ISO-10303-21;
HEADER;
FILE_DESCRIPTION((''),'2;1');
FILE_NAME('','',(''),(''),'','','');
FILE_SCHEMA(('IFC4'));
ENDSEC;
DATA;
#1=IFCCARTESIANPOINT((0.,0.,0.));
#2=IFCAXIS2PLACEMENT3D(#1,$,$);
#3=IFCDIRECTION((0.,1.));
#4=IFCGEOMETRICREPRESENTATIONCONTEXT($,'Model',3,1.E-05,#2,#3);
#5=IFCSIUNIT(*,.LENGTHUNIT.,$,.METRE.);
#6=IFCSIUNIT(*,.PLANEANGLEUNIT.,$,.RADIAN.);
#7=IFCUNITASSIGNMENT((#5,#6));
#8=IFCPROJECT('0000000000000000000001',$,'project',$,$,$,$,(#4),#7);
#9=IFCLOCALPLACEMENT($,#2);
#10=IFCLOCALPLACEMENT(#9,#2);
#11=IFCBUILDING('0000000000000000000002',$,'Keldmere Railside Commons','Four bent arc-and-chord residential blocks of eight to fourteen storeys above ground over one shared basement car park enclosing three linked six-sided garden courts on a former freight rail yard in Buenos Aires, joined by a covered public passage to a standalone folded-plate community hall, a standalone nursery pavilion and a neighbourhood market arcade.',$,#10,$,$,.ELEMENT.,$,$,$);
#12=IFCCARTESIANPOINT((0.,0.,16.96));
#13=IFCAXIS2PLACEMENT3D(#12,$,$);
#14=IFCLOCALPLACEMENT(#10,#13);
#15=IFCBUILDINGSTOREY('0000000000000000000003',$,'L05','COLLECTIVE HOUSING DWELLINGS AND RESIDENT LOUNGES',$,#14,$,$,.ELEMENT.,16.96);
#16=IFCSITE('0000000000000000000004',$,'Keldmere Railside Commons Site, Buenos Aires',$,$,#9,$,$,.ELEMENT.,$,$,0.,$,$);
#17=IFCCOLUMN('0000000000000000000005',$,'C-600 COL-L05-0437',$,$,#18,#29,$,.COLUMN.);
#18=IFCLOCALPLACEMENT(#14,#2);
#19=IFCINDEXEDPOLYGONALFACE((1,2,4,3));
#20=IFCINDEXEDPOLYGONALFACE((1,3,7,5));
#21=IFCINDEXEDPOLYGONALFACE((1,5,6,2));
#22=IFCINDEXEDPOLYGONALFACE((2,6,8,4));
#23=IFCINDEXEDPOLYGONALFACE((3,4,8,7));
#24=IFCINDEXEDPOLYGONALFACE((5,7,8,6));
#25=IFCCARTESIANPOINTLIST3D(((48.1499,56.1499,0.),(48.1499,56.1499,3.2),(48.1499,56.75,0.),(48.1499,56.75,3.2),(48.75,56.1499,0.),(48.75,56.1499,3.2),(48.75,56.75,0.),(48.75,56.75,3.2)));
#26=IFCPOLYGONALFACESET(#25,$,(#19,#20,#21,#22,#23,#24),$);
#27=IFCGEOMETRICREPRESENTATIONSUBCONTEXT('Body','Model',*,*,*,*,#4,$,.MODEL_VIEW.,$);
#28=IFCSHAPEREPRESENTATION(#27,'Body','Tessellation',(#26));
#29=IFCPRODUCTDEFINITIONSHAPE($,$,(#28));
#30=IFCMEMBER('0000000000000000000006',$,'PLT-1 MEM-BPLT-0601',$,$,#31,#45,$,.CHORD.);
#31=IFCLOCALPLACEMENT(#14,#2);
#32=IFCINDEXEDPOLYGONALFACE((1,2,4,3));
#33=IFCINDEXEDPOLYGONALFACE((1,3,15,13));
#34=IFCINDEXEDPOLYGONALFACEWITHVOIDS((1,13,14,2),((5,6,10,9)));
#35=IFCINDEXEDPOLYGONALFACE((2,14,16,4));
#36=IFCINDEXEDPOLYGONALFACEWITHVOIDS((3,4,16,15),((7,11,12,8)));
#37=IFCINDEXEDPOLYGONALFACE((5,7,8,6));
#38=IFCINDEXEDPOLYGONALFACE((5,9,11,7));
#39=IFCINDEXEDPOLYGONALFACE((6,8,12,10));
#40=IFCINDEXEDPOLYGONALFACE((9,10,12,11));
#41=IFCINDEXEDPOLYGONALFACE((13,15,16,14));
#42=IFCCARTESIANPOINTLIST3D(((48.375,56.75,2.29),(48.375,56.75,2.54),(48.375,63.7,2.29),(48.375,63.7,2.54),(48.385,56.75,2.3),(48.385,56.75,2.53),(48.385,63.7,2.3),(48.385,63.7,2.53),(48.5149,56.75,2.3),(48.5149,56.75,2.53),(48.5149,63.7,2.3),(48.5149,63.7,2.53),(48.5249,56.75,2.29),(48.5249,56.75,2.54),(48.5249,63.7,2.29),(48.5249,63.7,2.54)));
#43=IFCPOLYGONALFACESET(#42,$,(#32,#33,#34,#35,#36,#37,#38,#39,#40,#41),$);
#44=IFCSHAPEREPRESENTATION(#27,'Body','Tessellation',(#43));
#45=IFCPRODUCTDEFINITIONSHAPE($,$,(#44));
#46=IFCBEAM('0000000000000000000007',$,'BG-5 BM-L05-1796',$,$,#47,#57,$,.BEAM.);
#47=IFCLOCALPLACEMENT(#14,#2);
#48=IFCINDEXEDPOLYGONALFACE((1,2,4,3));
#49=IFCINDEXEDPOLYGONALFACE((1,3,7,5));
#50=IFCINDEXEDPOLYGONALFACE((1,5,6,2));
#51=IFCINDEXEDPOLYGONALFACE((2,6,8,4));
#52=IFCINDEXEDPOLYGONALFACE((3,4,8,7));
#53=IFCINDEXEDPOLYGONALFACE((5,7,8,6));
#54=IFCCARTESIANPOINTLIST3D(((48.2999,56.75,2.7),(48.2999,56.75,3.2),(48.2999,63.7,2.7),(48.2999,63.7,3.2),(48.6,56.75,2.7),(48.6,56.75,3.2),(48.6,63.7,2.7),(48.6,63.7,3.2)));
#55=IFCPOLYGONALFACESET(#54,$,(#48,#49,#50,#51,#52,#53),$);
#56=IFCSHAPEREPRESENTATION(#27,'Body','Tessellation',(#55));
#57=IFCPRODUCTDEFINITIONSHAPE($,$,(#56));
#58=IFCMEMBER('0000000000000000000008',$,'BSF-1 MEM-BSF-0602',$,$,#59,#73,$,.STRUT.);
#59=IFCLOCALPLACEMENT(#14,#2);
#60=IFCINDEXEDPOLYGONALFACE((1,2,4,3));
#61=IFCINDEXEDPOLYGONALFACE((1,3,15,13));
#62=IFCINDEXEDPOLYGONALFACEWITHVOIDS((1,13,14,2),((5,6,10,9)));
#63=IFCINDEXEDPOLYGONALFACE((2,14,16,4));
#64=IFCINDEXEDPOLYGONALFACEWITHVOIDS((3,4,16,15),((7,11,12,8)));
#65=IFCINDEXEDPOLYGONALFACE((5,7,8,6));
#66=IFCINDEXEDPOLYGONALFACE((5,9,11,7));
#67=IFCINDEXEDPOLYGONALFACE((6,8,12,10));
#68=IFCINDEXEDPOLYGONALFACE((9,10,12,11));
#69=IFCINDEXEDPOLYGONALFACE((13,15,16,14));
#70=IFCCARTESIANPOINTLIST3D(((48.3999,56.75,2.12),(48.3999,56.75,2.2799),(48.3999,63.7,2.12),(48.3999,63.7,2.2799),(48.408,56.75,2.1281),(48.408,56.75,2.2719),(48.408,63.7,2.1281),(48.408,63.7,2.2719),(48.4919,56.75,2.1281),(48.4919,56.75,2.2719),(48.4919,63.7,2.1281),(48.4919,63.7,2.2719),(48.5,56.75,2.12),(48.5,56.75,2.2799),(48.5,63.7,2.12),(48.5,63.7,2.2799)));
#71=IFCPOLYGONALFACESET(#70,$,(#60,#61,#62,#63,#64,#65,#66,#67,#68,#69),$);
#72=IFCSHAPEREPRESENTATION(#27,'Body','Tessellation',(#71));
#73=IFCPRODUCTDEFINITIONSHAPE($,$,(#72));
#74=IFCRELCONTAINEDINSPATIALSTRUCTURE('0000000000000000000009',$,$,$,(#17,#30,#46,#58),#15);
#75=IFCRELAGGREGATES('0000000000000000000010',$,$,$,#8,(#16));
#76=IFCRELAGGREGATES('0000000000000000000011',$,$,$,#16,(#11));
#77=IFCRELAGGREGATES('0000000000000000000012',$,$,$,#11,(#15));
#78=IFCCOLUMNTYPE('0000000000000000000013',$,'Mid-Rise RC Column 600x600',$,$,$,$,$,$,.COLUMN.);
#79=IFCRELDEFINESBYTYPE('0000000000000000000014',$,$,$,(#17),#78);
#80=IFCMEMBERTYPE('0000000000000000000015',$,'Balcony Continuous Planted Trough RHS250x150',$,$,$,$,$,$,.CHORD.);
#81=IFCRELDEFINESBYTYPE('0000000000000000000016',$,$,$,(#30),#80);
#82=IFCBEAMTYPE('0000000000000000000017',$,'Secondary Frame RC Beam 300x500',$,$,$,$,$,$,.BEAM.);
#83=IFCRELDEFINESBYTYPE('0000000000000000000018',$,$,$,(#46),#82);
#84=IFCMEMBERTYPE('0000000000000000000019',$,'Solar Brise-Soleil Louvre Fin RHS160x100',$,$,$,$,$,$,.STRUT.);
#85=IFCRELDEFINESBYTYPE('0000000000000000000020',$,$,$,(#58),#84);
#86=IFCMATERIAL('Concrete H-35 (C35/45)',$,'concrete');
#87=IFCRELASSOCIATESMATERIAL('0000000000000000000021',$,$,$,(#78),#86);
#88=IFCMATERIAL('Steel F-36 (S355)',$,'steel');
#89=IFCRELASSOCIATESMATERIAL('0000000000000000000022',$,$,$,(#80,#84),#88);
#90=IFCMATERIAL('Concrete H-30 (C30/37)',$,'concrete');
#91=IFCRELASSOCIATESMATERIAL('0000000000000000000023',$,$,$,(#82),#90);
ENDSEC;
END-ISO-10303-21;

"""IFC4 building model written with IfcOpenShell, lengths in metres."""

from ifc_helpers import new_model, si_unit, direction, frame, origin, origin_2d, place, context, subcontext, project, spatial, rectangle, hollow_rectangle, extrude, material, material_profile, profile_set, type_object, element, save


model = new_model("IFC4")

# Units and contexts
model_context = context("Model", 3, precision=1e-05, world=origin(), true_north=direction((0.0, 1.0)))
body_context = subcontext(model_context, "Body", "Model", "MODEL_VIEW")
ifc_project = project(units=[si_unit("LENGTHUNIT", "METRE"), si_unit("PLANEANGLEUNIT", "RADIAN")], contexts=[model_context])

# Site, building, storey
site_placement = place(None, origin())
site = spatial("IfcSite", under=ifc_project, at=site_placement, Name="Keldmere Railside Commons Site, Buenos Aires", CompositionType="ELEMENT", RefElevation=0.0)
building_placement = place(site_placement, origin())
building = spatial("IfcBuilding", under=site, at=building_placement, Name="Keldmere Railside Commons", Description="Four bent arc-and-chord residential blocks of eight to fourteen storeys above ground over one shared basement car park enclosing three linked six-sided garden courts on a former freight rail yard in Buenos Aires, joined by a covered public passage to a standalone folded-plate community hall, a standalone nursery pavilion and a neighbourhood market arcade.", CompositionType="ELEMENT")
storey_placement = place(building_placement, frame((0.0, 0.0, 16.96)))
storey = spatial("IfcBuildingStorey", under=building, at=storey_placement, Name="L05", Description="COLLECTIVE HOUSING DWELLINGS AND RESIDENT LOUNGES", CompositionType="ELEMENT", Elevation=16.96)

# Column
ifc_material_1 = material(Name="Concrete H-35 (C35/45)", Category="concrete")
ifc_material_profile_1 = material_profile(ifc_material_1, rectangle(XDim=0.6001, YDim=0.6001, at=origin_2d()), Name="RC-600x600")
ifc_profile_set_1 = profile_set([ifc_material_profile_1], Name="Concrete H-35 (C35/45)")
column_type = type_object("IfcColumnType", Name="Mid-Rise RC Column 600x600", PredefinedType="COLUMN", material=ifc_profile_set_1)
column_placement = place(storey_placement, frame((48.45, 56.45, 0.0), z_axis=(0.0, 0.0, 1.0), x_axis=(1.0, 0.0, 0.0)))
element("IfcColumn", 1, at=column_placement, inside=storey, type_object=column_type, Name="C-600 COL-L05-0437", PredefinedType="COLUMN", context=body_context, shape_type="SweptSolid", body=[
    extrude(rectangle(XDim=0.6001, YDim=0.6001, at=origin_2d()), origin(), (0.0, 0.0, 1.0), 3.2),
])

# Member
ifc_material_2 = material(Name="Steel F-36 (S355)", Category="steel")
ifc_material_profile_2 = material_profile(ifc_material_2, hollow_rectangle(XDim=0.1499, YDim=0.25, WallThickness=0.01, at=origin_2d()), Name="RHS-250x150x10")
ifc_profile_set_2 = profile_set([ifc_material_profile_2], Name="Steel F-36 (S355)")
member_type_1 = type_object("IfcMemberType", Name="Balcony Continuous Planted Trough RHS250x150", PredefinedType="CHORD", material=ifc_profile_set_2)
member_1_placement = place(storey_placement, frame((48.45, 56.75, 2.415), z_axis=(0.0, 1.0, 0.0), x_axis=(-1.0, 0.0, 0.0)))
element("IfcMember", 2, at=member_1_placement, inside=storey, type_object=member_type_1, Name="PLT-1 MEM-BPLT-0601", PredefinedType="CHORD", context=body_context, shape_type="SweptSolid", body=[
    extrude(hollow_rectangle(XDim=0.1499, YDim=0.25, WallThickness=0.01, at=origin_2d()), origin(), (0.0, 0.0, 1.0), 6.95),
])

# Beam
ifc_material_3 = material(Name="Concrete H-30 (C30/37)", Category="concrete")
ifc_material_profile_3 = material_profile(ifc_material_3, rectangle(XDim=0.3, YDim=0.5, at=origin_2d()), Name="RC-300x500")
ifc_profile_set_3 = profile_set([ifc_material_profile_3], Name="Concrete H-30 (C30/37)")
beam_type = type_object("IfcBeamType", Name="Secondary Frame RC Beam 300x500", PredefinedType="BEAM", material=ifc_profile_set_3)
beam_placement = place(storey_placement, frame((48.45, 56.75, 2.95), z_axis=(0.0, 1.0, 0.0), x_axis=(-1.0, 0.0, 0.0)))
element("IfcBeam", 3, at=beam_placement, inside=storey, type_object=beam_type, Name="BG-5 BM-L05-1796", PredefinedType="BEAM", context=body_context, shape_type="SweptSolid", body=[
    extrude(rectangle(XDim=0.3, YDim=0.5, at=origin_2d()), origin(), (0.0, 0.0, 1.0), 6.95),
])

# Member
ifc_material_profile_4 = material_profile(ifc_material_2, hollow_rectangle(XDim=0.1001, YDim=0.1599, WallThickness=0.0081, at=origin_2d()), Name="RHS-160x100x8")
ifc_profile_set_4 = profile_set([ifc_material_profile_4], Name="Steel F-36 (S355)")
member_type_2 = type_object("IfcMemberType", Name="Solar Brise-Soleil Louvre Fin RHS160x100", PredefinedType="STRUT", material=ifc_profile_set_4)
member_2_placement = place(storey_placement, frame((48.45, 56.75, 2.2), z_axis=(0.0, 1.0, 0.0), x_axis=(-1.0, 0.0, 0.0)))
element("IfcMember", 4, at=member_2_placement, inside=storey, type_object=member_type_2, Name="BSF-1 MEM-BSF-0602", PredefinedType="STRUT", context=body_context, shape_type="SweptSolid", body=[
    extrude(hollow_rectangle(XDim=0.1001, YDim=0.1599, WallThickness=0.0081, at=origin_2d()), origin(), (0.0, 0.0, 1.0), 6.95),
])

save(model, "model.ifc")
